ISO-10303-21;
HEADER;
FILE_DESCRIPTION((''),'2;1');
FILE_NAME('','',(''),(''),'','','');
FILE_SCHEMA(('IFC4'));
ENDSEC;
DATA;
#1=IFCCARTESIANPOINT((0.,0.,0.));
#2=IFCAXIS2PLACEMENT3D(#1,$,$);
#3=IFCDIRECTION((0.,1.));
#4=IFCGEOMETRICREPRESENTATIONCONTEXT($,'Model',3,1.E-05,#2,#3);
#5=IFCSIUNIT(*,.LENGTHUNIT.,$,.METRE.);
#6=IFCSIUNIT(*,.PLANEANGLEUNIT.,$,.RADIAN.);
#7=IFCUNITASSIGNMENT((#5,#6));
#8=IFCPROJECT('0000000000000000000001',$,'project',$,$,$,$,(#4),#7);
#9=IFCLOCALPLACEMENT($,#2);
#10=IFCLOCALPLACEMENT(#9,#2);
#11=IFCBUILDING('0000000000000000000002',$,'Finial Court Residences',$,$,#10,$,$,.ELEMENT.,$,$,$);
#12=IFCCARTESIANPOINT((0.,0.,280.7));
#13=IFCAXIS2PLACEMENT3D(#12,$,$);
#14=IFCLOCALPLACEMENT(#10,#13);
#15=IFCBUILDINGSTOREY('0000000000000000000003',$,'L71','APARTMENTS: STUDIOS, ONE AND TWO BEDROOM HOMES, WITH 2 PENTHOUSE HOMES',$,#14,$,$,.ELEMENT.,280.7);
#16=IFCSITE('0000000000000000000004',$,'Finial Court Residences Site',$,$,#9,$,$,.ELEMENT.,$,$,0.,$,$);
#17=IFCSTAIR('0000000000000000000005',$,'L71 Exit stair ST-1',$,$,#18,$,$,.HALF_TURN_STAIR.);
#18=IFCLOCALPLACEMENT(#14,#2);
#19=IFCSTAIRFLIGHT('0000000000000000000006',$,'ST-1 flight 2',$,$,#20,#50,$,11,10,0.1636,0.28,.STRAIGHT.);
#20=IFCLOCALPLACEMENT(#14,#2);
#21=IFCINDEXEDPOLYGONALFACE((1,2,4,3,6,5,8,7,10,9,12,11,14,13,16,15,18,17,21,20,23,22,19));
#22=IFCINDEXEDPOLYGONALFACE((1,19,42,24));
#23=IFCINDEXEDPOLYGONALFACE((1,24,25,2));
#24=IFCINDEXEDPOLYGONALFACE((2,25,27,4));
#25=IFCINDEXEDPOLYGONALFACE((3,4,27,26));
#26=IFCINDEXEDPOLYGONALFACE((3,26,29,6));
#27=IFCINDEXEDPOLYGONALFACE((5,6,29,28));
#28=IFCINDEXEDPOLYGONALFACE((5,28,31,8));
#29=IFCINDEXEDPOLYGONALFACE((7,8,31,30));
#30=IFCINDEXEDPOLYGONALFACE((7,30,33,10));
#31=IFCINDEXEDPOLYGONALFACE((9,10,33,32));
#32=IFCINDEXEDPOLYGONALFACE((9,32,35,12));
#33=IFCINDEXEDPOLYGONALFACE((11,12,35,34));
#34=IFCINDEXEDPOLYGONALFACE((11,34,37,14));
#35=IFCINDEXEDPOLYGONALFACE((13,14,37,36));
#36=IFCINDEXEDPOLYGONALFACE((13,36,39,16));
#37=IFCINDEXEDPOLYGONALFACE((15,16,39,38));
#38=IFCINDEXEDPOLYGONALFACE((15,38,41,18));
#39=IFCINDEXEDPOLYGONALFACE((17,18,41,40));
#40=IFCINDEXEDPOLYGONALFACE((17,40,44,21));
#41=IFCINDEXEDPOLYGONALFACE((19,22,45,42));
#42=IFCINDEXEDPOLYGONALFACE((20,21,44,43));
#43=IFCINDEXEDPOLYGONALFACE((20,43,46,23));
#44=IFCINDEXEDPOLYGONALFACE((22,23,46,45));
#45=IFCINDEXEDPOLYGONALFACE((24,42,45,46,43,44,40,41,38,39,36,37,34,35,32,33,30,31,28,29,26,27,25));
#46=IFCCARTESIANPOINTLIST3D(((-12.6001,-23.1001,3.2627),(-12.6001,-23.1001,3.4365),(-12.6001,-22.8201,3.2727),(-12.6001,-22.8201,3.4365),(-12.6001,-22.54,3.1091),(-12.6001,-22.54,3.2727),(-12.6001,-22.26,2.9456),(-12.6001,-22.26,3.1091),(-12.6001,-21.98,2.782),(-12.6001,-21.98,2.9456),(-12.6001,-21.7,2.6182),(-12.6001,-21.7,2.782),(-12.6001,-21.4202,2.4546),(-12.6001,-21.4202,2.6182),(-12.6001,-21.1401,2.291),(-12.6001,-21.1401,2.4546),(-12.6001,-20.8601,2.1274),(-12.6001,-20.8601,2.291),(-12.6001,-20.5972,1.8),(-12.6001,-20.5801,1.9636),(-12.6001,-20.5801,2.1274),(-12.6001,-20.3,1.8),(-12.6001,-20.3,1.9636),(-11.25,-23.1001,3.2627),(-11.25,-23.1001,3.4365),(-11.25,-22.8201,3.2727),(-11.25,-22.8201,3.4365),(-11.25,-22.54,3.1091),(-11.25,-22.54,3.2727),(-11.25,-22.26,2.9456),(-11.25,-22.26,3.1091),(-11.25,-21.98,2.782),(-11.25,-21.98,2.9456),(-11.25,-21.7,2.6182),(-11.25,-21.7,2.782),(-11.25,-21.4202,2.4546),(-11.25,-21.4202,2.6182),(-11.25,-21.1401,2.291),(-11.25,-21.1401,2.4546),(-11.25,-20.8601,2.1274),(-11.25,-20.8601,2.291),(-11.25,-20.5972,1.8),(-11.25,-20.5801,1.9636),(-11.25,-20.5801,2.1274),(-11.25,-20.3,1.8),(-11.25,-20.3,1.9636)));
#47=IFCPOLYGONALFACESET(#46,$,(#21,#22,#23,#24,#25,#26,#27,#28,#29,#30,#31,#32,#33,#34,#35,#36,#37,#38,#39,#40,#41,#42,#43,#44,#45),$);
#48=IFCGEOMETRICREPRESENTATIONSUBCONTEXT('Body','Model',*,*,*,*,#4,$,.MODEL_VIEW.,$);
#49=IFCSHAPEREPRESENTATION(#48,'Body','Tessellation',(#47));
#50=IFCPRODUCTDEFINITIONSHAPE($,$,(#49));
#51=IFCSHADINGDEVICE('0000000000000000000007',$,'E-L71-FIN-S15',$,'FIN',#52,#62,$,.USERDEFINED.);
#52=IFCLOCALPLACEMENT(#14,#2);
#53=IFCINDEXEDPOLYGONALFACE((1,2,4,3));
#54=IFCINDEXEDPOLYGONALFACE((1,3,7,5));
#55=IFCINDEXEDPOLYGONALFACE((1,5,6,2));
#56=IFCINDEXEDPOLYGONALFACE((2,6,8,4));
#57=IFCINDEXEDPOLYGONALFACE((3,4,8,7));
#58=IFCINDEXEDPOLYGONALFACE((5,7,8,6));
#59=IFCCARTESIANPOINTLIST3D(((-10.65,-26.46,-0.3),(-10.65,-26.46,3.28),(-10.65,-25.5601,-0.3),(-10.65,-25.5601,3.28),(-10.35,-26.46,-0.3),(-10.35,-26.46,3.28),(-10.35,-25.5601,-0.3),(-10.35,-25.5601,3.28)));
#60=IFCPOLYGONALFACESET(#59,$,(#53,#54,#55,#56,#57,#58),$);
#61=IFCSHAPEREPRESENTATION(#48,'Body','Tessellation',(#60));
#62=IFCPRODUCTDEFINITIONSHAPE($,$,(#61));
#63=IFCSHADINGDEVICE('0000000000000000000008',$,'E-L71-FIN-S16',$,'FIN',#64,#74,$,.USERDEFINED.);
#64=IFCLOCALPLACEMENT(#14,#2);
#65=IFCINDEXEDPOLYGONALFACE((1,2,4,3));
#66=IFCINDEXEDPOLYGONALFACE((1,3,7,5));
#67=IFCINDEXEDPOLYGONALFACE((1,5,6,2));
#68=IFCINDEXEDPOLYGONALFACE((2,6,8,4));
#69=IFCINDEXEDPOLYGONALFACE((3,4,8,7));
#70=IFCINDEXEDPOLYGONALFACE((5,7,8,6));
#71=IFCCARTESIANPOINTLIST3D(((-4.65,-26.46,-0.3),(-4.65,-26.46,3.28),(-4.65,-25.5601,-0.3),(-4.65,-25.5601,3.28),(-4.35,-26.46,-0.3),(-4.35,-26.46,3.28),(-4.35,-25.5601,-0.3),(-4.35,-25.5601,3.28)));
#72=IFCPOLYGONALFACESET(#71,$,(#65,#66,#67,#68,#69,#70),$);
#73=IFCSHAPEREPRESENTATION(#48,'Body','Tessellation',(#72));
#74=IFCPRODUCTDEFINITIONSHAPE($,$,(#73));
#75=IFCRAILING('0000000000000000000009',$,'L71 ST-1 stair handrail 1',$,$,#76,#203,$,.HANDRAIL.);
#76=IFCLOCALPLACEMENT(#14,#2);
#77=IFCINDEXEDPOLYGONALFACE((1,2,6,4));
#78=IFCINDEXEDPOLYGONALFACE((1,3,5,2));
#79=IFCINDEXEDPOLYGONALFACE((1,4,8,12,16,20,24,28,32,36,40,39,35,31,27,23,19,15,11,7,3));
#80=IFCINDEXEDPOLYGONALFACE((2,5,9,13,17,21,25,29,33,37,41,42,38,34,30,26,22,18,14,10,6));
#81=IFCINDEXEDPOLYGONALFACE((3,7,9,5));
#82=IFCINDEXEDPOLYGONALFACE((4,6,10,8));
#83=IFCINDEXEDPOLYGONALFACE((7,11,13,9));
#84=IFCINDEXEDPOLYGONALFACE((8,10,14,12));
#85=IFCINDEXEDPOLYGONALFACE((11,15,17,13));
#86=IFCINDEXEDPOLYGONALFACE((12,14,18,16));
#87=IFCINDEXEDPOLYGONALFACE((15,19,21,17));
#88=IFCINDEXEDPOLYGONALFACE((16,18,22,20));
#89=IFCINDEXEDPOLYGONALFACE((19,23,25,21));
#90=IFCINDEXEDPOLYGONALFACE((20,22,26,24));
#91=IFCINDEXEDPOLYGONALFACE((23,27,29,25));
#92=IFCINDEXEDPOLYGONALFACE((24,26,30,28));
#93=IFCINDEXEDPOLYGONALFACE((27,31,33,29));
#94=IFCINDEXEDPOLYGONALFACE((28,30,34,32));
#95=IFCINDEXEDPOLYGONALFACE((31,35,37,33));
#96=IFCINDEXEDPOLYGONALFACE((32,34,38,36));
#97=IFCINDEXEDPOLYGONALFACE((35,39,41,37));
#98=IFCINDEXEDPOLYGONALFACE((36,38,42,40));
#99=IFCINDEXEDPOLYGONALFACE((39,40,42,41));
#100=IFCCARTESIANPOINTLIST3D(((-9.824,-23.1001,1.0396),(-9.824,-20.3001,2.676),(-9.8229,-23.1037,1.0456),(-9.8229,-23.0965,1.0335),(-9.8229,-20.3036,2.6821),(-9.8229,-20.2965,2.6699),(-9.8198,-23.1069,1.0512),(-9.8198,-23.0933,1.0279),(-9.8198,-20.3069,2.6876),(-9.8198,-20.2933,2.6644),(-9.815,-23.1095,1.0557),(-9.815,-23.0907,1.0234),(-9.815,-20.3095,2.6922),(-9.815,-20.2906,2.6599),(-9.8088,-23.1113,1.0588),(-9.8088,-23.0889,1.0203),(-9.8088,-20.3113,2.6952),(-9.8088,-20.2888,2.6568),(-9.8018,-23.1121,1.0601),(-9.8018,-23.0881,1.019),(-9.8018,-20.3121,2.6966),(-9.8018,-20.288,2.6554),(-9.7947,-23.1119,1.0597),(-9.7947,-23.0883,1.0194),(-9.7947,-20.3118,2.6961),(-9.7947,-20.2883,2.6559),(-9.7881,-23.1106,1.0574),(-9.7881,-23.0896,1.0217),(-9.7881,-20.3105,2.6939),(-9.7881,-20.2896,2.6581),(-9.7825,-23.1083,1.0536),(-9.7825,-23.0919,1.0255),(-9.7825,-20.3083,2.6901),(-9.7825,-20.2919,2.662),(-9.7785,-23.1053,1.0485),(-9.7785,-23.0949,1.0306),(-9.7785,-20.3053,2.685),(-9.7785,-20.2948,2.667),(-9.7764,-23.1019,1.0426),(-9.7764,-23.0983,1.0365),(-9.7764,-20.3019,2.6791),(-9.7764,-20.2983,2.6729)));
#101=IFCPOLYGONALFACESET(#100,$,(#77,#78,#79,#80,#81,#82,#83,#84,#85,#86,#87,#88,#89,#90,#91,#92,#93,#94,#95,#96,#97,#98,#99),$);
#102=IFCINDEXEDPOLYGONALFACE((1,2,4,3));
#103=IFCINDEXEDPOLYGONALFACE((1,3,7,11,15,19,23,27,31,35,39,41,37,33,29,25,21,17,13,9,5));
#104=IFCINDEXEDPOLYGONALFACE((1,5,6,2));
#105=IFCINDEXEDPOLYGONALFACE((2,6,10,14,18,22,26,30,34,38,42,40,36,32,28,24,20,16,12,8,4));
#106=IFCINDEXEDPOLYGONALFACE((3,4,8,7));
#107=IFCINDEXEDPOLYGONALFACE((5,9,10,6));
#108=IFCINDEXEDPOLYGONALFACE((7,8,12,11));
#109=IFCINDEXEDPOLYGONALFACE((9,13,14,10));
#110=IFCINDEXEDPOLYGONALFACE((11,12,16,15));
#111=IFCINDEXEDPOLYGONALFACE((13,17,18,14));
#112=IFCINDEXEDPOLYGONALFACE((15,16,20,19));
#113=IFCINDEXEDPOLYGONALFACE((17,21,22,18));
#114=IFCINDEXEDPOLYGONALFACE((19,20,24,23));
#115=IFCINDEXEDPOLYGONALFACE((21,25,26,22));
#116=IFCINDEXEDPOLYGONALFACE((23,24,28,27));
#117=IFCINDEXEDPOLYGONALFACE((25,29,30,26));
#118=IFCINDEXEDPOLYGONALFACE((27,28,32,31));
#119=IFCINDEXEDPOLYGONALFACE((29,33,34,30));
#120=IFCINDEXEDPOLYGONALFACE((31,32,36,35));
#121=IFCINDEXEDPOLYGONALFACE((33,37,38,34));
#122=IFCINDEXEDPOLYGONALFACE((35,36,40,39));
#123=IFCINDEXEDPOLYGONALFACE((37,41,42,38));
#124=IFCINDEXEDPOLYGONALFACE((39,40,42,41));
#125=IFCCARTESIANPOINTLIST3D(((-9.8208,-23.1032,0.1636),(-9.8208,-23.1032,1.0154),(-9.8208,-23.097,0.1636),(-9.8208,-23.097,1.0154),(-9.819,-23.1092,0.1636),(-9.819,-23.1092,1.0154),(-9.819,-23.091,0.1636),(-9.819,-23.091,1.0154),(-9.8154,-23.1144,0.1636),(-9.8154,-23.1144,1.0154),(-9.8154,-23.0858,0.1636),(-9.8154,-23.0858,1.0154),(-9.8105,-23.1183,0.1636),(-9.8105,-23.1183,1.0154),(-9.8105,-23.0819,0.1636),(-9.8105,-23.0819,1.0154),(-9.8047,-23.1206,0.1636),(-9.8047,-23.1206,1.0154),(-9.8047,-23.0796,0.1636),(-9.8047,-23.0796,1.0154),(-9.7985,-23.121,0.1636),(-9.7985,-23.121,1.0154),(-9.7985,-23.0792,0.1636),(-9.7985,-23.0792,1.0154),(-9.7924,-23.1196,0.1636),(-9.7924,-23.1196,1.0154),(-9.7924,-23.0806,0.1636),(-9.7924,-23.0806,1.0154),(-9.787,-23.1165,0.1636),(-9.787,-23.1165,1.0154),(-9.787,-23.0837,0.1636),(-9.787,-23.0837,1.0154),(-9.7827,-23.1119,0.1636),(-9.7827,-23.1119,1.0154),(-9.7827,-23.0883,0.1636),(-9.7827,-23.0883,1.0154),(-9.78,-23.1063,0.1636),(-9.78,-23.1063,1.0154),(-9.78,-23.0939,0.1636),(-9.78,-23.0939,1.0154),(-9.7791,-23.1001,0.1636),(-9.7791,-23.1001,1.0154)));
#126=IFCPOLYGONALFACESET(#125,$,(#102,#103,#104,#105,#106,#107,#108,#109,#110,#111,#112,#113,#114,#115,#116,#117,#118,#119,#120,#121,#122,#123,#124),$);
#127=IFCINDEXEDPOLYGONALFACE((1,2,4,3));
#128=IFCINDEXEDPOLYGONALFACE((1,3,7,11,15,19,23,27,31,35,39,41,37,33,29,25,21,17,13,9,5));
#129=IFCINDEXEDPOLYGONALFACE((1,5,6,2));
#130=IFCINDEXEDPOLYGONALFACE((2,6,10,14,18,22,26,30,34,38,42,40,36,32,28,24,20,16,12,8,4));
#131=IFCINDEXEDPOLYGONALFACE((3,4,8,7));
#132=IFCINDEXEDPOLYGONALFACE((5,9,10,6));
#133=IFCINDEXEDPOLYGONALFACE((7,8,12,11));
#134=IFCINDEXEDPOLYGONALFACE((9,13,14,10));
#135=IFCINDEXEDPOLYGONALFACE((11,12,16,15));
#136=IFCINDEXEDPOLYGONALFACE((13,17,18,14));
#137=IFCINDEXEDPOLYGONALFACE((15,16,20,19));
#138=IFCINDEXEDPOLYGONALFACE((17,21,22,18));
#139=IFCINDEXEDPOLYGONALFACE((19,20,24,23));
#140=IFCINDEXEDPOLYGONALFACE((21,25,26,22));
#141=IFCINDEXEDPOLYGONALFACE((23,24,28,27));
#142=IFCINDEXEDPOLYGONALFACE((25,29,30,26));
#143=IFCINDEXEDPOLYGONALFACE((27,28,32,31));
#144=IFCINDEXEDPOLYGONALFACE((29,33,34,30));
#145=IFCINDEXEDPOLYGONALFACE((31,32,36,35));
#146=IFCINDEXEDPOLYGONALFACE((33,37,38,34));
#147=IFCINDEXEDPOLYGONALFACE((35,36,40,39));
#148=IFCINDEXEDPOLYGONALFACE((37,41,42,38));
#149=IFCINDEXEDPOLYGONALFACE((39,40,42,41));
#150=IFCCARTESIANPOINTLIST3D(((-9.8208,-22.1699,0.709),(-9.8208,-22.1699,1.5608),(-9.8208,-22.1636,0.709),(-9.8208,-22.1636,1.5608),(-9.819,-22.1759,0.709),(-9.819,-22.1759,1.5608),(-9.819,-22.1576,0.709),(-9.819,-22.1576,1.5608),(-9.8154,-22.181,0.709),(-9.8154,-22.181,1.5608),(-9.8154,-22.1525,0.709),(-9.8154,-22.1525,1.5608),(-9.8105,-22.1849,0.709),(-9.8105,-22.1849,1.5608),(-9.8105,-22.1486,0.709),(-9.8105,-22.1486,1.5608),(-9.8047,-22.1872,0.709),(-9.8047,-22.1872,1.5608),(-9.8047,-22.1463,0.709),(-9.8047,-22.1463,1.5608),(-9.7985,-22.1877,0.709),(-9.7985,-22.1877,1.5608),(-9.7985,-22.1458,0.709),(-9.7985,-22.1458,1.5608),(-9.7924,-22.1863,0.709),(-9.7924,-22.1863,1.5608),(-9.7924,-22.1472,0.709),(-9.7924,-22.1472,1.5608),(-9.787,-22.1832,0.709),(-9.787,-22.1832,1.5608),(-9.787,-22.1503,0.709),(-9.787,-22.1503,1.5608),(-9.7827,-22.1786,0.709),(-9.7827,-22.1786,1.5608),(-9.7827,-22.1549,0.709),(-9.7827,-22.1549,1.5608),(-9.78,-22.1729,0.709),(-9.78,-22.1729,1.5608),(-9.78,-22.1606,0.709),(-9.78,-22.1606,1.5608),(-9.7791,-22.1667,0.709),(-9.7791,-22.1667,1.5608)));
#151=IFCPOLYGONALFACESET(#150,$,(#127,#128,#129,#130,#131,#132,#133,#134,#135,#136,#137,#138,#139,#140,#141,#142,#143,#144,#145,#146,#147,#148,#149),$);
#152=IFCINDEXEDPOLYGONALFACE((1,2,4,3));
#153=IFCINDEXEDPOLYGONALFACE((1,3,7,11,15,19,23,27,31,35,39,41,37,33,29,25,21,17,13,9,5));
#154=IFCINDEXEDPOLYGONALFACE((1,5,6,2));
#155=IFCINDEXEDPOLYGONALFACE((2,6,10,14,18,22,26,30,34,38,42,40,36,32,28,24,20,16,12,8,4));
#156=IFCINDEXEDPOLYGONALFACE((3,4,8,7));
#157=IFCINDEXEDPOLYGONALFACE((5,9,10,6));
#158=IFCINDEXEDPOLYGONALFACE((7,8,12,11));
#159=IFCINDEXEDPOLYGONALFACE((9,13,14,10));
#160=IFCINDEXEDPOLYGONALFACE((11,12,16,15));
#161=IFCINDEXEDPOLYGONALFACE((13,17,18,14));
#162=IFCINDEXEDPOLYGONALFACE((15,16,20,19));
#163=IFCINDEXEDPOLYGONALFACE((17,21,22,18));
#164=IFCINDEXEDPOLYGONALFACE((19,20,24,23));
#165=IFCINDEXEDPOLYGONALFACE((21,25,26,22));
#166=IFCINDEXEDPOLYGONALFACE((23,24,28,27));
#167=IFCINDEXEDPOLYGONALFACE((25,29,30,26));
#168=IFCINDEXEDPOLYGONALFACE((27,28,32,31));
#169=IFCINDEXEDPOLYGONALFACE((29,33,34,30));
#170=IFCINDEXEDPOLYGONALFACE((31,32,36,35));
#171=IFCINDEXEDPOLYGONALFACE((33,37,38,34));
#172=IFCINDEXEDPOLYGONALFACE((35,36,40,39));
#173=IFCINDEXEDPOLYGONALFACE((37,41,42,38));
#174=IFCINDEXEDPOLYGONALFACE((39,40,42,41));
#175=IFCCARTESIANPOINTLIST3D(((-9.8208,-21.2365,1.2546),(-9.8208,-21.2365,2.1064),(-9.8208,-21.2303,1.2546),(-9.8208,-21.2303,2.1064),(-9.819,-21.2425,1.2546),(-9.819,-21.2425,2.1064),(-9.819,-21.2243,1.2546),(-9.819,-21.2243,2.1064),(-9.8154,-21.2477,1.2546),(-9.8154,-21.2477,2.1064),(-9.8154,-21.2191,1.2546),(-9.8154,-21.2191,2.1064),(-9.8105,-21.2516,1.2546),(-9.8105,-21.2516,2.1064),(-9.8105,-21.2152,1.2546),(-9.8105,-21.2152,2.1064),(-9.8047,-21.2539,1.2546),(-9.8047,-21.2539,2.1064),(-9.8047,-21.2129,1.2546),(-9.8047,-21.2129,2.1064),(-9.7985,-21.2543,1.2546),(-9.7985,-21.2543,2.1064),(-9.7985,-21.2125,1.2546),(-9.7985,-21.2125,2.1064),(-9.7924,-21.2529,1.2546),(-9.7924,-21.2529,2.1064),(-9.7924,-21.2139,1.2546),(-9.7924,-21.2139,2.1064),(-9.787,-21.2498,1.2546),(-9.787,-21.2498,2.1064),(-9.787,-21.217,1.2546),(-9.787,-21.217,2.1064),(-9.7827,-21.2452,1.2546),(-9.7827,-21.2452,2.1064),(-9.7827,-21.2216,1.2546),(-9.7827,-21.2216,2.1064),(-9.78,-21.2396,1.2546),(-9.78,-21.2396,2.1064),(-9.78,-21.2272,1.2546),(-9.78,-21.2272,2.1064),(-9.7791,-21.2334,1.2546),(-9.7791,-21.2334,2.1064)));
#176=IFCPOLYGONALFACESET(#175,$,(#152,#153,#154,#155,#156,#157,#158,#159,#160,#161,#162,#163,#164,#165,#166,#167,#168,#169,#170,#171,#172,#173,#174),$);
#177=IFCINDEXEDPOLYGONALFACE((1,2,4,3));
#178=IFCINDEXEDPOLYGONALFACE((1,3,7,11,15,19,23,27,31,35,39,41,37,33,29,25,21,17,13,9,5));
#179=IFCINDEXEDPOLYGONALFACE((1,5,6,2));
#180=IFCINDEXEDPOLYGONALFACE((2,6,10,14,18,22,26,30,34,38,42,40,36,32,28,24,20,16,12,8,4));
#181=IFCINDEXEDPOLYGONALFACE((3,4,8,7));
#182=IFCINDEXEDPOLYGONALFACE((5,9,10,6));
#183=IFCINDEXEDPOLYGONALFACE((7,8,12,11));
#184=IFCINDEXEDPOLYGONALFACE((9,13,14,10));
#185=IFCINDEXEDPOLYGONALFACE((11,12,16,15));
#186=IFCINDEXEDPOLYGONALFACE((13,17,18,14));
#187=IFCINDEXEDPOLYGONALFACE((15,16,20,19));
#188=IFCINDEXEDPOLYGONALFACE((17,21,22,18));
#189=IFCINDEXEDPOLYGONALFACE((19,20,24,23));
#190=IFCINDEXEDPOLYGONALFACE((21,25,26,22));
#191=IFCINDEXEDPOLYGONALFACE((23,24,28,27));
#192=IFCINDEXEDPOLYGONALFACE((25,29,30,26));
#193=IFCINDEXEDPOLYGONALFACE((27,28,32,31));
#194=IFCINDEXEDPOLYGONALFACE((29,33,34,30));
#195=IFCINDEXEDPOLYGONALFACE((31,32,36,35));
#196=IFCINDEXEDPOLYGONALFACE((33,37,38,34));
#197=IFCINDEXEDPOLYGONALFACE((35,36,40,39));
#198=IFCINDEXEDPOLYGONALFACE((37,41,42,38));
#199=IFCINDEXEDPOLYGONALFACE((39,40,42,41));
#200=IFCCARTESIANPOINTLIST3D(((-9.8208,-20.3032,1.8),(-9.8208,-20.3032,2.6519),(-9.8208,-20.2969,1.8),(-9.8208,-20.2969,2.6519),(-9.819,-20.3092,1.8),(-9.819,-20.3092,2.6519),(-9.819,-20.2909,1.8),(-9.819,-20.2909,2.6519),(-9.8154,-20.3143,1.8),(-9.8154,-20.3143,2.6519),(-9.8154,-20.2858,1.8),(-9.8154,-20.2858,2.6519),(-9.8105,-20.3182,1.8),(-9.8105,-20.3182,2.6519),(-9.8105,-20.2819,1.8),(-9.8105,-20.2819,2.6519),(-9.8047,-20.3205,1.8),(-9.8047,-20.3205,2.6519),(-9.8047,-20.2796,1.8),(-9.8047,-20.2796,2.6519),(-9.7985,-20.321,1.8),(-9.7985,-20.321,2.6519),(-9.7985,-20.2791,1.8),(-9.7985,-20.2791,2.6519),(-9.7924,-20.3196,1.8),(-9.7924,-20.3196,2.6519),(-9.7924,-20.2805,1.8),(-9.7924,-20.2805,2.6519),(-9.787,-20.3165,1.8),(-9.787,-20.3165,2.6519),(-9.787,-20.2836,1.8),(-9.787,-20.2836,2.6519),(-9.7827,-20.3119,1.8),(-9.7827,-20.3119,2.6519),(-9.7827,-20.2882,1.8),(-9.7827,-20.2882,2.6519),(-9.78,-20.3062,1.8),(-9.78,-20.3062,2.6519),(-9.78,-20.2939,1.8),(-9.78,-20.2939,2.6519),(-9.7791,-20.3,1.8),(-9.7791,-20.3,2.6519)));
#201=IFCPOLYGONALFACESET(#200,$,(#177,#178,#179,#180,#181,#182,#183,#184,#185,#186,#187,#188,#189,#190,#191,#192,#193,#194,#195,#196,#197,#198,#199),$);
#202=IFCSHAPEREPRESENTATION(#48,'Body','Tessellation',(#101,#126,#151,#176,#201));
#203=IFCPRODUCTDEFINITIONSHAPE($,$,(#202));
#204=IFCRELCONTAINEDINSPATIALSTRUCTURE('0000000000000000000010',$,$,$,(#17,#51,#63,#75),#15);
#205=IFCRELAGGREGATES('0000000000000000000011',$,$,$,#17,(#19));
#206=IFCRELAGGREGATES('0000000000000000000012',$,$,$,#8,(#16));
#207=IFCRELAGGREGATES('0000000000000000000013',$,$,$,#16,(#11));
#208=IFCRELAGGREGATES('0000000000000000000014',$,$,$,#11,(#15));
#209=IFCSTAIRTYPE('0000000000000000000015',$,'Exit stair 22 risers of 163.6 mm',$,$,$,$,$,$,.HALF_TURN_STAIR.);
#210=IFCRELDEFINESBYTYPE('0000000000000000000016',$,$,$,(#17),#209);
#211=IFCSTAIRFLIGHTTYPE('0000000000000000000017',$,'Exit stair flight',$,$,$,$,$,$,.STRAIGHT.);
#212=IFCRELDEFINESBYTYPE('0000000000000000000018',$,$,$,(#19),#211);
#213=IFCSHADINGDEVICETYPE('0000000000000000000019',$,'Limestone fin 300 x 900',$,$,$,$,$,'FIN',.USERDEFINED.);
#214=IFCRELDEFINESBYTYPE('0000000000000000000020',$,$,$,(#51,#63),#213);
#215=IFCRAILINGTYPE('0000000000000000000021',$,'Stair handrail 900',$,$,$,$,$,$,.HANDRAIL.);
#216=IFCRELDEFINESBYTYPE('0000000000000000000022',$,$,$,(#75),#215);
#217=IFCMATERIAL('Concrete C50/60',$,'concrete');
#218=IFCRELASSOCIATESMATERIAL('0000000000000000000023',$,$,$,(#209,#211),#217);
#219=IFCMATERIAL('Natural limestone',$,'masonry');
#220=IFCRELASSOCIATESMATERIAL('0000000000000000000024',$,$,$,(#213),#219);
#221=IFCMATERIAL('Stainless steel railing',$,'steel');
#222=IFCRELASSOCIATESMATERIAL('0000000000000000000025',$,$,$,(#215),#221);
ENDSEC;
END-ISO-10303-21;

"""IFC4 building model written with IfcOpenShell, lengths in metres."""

from ifc_helpers import new_model, si_unit, direction, frame, origin, origin_2d, place, context, subcontext, project, spatial, polyline, rectangle, circle, outline, extrude, material, type_object, element, aggregate, save


model = new_model("IFC4")

# Units and contexts
model_context = context("Model", 3, precision=1e-05, world=origin(), true_north=direction((0.0, 1.0)))
body_context = subcontext(model_context, "Body", "Model", "MODEL_VIEW")
ifc_project = project(units=[si_unit("LENGTHUNIT", "METRE"), si_unit("PLANEANGLEUNIT", "RADIAN")], contexts=[model_context])

# Site, building, storey
site_placement = place(None, origin())
site = spatial("IfcSite", under=ifc_project, at=site_placement, Name="Finial Court Residences Site", CompositionType="ELEMENT", RefElevation=0.0)
building_placement = place(site_placement, origin())
building = spatial("IfcBuilding", under=site, at=building_placement, Name="Finial Court Residences", CompositionType="ELEMENT")
storey_placement = place(building_placement, frame((0.0, 0.0, 280.7)))
storey = spatial("IfcBuildingStorey", under=building, at=storey_placement, Name="L71", Description="APARTMENTS: STUDIOS, ONE AND TWO BEDROOM HOMES, WITH 2 PENTHOUSE HOMES", CompositionType="ELEMENT", Elevation=280.7)

# Shared definitions
ifc_material_1 = material(Name="Concrete C50/60", Category="concrete")

# Stair, stair flight
stair_type = type_object("IfcStairType", Name="Exit stair 22 risers of 163.6 mm", PredefinedType="HALF_TURN_STAIR", material=ifc_material_1)
stair_placement = place(storey_placement, origin())
stair = element("IfcStair", 1, at=stair_placement, inside=storey, type_object=stair_type, Name="L71 Exit stair ST-1", PredefinedType="HALF_TURN_STAIR")
stair_flight_type = type_object("IfcStairFlightType", Name="Exit stair flight", PredefinedType="STRAIGHT", material=ifc_material_1)
stair_flight_1_placement = place(storey_placement, frame((-11.925, -20.3, 1.8), z_axis=(0.0, 0.0, 1.0), x_axis=(0.0, -1.0, 0.0)))
stair_flight_1 = element("IfcStairFlight", 2, at=stair_flight_1_placement, type_object=stair_flight_type, Name="ST-1 flight 2", NumberOfRisers=11, NumberOfTreads=10, PredefinedType="STRAIGHT", RiserHeight=0.1636, TreadLength=0.28, context=body_context, shape_type="SweptSolid", body=[
    extrude(outline(polyline([(0.0, 0.0), (0.0, 0.1636), (0.28, 0.1636), (0.28, 0.3274), (0.5601, 0.3274), (0.5601, 0.491), (0.8401, 0.491), (0.8401, 0.6545), (1.1201, 0.6545), (1.1201, 0.8181), (1.3999, 0.8181), (1.3999, 0.9819), (1.6799, 0.9819), (1.6799, 1.1455), (1.96, 1.1455), (1.96, 1.3091), (2.24, 1.3091), (2.24, 1.4727), (2.52, 1.4727), (2.52, 1.6365), (2.8, 1.6365), (2.8, 1.8), (2.8, 1.4626), (0.2971, 0.0), (0.0, 0.0)])), frame((0.0, 0.675, 0.0), z_axis=(0.0, -1.0, 0.0), x_axis=(1.0, 0.0, 0.0)), (0.0, 0.0, 1.0), 1.3501),
])
aggregate(stair, [stair_flight_1])

# Shading devices
ifc_material_2 = material(Name="Natural limestone", Category="masonry")
shading_device_type = type_object("IfcShadingDeviceType", Name="Limestone fin 300 x 900", ElementType="FIN", PredefinedType="USERDEFINED", material=ifc_material_2)
for number, where, z_axis, x_axis, name in (
    (3, (-10.5, -26.01, -0.3), (0.0, 0.0, 1.0), (1.0, 0.0, 0.0), "E-L71-FIN-S15"),
    (4, (-4.5, -26.01, -0.3), (0.0, 0.0, 1.0), (1.0, 0.0, 0.0), "E-L71-FIN-S16"),
):
    element("IfcShadingDevice", number, at=place(storey_placement, frame(where, z_axis=z_axis, x_axis=x_axis)), inside=storey, type_object=shading_device_type, Name=name, ObjectType="FIN", PredefinedType="USERDEFINED", context=body_context, shape_type="SweptSolid", body=[
        extrude(rectangle(XDim=0.3, YDim=0.8999, at=origin_2d()), origin(), (0.0, 0.0, 1.0), 3.5801),
    ])

# Railing
ifc_material_3 = material(Name="Stainless steel railing", Category="steel")
railing_type_1 = type_object("IfcRailingType", Name="Stair handrail 900", PredefinedType="HANDRAIL", material=ifc_material_3)
railing_1_placement = place(storey_placement, frame((-9.8, -23.1001, 0.1636)))
element("IfcRailing", 5, at=railing_1_placement, inside=storey, type_object=railing_type_1, Name="L71 ST-1 stair handrail 1", PredefinedType="HANDRAIL", context=body_context, shape_type="SweptSolid", body=[
    extrude(circle(Radius=0.0239, at=origin_2d()), frame((0.0, 0.0, 0.876), z_axis=(0.0, 0.863361, 0.504587), x_axis=(-1.0, 0.0, 0.0)), (0.0, 0.0, 1.0), 3.2432),
    extrude(circle(Radius=0.021, at=origin_2d()), origin(), (0.0, 0.0, 1.0), 0.8518),
    extrude(circle(Radius=0.021, at=origin_2d()), frame((0.0, 0.9333, 0.5454)), (0.0, 0.0, 1.0), 0.8518),
    extrude(circle(Radius=0.021, at=origin_2d()), frame((0.0, 1.8667, 1.0911)), (0.0, 0.0, 1.0), 0.8518),
    extrude(circle(Radius=0.021, at=origin_2d()), frame((0.0, 2.8, 1.6365)), (0.0, 0.0, 1.0), 0.8518),
])

save(model, "model.ifc")
